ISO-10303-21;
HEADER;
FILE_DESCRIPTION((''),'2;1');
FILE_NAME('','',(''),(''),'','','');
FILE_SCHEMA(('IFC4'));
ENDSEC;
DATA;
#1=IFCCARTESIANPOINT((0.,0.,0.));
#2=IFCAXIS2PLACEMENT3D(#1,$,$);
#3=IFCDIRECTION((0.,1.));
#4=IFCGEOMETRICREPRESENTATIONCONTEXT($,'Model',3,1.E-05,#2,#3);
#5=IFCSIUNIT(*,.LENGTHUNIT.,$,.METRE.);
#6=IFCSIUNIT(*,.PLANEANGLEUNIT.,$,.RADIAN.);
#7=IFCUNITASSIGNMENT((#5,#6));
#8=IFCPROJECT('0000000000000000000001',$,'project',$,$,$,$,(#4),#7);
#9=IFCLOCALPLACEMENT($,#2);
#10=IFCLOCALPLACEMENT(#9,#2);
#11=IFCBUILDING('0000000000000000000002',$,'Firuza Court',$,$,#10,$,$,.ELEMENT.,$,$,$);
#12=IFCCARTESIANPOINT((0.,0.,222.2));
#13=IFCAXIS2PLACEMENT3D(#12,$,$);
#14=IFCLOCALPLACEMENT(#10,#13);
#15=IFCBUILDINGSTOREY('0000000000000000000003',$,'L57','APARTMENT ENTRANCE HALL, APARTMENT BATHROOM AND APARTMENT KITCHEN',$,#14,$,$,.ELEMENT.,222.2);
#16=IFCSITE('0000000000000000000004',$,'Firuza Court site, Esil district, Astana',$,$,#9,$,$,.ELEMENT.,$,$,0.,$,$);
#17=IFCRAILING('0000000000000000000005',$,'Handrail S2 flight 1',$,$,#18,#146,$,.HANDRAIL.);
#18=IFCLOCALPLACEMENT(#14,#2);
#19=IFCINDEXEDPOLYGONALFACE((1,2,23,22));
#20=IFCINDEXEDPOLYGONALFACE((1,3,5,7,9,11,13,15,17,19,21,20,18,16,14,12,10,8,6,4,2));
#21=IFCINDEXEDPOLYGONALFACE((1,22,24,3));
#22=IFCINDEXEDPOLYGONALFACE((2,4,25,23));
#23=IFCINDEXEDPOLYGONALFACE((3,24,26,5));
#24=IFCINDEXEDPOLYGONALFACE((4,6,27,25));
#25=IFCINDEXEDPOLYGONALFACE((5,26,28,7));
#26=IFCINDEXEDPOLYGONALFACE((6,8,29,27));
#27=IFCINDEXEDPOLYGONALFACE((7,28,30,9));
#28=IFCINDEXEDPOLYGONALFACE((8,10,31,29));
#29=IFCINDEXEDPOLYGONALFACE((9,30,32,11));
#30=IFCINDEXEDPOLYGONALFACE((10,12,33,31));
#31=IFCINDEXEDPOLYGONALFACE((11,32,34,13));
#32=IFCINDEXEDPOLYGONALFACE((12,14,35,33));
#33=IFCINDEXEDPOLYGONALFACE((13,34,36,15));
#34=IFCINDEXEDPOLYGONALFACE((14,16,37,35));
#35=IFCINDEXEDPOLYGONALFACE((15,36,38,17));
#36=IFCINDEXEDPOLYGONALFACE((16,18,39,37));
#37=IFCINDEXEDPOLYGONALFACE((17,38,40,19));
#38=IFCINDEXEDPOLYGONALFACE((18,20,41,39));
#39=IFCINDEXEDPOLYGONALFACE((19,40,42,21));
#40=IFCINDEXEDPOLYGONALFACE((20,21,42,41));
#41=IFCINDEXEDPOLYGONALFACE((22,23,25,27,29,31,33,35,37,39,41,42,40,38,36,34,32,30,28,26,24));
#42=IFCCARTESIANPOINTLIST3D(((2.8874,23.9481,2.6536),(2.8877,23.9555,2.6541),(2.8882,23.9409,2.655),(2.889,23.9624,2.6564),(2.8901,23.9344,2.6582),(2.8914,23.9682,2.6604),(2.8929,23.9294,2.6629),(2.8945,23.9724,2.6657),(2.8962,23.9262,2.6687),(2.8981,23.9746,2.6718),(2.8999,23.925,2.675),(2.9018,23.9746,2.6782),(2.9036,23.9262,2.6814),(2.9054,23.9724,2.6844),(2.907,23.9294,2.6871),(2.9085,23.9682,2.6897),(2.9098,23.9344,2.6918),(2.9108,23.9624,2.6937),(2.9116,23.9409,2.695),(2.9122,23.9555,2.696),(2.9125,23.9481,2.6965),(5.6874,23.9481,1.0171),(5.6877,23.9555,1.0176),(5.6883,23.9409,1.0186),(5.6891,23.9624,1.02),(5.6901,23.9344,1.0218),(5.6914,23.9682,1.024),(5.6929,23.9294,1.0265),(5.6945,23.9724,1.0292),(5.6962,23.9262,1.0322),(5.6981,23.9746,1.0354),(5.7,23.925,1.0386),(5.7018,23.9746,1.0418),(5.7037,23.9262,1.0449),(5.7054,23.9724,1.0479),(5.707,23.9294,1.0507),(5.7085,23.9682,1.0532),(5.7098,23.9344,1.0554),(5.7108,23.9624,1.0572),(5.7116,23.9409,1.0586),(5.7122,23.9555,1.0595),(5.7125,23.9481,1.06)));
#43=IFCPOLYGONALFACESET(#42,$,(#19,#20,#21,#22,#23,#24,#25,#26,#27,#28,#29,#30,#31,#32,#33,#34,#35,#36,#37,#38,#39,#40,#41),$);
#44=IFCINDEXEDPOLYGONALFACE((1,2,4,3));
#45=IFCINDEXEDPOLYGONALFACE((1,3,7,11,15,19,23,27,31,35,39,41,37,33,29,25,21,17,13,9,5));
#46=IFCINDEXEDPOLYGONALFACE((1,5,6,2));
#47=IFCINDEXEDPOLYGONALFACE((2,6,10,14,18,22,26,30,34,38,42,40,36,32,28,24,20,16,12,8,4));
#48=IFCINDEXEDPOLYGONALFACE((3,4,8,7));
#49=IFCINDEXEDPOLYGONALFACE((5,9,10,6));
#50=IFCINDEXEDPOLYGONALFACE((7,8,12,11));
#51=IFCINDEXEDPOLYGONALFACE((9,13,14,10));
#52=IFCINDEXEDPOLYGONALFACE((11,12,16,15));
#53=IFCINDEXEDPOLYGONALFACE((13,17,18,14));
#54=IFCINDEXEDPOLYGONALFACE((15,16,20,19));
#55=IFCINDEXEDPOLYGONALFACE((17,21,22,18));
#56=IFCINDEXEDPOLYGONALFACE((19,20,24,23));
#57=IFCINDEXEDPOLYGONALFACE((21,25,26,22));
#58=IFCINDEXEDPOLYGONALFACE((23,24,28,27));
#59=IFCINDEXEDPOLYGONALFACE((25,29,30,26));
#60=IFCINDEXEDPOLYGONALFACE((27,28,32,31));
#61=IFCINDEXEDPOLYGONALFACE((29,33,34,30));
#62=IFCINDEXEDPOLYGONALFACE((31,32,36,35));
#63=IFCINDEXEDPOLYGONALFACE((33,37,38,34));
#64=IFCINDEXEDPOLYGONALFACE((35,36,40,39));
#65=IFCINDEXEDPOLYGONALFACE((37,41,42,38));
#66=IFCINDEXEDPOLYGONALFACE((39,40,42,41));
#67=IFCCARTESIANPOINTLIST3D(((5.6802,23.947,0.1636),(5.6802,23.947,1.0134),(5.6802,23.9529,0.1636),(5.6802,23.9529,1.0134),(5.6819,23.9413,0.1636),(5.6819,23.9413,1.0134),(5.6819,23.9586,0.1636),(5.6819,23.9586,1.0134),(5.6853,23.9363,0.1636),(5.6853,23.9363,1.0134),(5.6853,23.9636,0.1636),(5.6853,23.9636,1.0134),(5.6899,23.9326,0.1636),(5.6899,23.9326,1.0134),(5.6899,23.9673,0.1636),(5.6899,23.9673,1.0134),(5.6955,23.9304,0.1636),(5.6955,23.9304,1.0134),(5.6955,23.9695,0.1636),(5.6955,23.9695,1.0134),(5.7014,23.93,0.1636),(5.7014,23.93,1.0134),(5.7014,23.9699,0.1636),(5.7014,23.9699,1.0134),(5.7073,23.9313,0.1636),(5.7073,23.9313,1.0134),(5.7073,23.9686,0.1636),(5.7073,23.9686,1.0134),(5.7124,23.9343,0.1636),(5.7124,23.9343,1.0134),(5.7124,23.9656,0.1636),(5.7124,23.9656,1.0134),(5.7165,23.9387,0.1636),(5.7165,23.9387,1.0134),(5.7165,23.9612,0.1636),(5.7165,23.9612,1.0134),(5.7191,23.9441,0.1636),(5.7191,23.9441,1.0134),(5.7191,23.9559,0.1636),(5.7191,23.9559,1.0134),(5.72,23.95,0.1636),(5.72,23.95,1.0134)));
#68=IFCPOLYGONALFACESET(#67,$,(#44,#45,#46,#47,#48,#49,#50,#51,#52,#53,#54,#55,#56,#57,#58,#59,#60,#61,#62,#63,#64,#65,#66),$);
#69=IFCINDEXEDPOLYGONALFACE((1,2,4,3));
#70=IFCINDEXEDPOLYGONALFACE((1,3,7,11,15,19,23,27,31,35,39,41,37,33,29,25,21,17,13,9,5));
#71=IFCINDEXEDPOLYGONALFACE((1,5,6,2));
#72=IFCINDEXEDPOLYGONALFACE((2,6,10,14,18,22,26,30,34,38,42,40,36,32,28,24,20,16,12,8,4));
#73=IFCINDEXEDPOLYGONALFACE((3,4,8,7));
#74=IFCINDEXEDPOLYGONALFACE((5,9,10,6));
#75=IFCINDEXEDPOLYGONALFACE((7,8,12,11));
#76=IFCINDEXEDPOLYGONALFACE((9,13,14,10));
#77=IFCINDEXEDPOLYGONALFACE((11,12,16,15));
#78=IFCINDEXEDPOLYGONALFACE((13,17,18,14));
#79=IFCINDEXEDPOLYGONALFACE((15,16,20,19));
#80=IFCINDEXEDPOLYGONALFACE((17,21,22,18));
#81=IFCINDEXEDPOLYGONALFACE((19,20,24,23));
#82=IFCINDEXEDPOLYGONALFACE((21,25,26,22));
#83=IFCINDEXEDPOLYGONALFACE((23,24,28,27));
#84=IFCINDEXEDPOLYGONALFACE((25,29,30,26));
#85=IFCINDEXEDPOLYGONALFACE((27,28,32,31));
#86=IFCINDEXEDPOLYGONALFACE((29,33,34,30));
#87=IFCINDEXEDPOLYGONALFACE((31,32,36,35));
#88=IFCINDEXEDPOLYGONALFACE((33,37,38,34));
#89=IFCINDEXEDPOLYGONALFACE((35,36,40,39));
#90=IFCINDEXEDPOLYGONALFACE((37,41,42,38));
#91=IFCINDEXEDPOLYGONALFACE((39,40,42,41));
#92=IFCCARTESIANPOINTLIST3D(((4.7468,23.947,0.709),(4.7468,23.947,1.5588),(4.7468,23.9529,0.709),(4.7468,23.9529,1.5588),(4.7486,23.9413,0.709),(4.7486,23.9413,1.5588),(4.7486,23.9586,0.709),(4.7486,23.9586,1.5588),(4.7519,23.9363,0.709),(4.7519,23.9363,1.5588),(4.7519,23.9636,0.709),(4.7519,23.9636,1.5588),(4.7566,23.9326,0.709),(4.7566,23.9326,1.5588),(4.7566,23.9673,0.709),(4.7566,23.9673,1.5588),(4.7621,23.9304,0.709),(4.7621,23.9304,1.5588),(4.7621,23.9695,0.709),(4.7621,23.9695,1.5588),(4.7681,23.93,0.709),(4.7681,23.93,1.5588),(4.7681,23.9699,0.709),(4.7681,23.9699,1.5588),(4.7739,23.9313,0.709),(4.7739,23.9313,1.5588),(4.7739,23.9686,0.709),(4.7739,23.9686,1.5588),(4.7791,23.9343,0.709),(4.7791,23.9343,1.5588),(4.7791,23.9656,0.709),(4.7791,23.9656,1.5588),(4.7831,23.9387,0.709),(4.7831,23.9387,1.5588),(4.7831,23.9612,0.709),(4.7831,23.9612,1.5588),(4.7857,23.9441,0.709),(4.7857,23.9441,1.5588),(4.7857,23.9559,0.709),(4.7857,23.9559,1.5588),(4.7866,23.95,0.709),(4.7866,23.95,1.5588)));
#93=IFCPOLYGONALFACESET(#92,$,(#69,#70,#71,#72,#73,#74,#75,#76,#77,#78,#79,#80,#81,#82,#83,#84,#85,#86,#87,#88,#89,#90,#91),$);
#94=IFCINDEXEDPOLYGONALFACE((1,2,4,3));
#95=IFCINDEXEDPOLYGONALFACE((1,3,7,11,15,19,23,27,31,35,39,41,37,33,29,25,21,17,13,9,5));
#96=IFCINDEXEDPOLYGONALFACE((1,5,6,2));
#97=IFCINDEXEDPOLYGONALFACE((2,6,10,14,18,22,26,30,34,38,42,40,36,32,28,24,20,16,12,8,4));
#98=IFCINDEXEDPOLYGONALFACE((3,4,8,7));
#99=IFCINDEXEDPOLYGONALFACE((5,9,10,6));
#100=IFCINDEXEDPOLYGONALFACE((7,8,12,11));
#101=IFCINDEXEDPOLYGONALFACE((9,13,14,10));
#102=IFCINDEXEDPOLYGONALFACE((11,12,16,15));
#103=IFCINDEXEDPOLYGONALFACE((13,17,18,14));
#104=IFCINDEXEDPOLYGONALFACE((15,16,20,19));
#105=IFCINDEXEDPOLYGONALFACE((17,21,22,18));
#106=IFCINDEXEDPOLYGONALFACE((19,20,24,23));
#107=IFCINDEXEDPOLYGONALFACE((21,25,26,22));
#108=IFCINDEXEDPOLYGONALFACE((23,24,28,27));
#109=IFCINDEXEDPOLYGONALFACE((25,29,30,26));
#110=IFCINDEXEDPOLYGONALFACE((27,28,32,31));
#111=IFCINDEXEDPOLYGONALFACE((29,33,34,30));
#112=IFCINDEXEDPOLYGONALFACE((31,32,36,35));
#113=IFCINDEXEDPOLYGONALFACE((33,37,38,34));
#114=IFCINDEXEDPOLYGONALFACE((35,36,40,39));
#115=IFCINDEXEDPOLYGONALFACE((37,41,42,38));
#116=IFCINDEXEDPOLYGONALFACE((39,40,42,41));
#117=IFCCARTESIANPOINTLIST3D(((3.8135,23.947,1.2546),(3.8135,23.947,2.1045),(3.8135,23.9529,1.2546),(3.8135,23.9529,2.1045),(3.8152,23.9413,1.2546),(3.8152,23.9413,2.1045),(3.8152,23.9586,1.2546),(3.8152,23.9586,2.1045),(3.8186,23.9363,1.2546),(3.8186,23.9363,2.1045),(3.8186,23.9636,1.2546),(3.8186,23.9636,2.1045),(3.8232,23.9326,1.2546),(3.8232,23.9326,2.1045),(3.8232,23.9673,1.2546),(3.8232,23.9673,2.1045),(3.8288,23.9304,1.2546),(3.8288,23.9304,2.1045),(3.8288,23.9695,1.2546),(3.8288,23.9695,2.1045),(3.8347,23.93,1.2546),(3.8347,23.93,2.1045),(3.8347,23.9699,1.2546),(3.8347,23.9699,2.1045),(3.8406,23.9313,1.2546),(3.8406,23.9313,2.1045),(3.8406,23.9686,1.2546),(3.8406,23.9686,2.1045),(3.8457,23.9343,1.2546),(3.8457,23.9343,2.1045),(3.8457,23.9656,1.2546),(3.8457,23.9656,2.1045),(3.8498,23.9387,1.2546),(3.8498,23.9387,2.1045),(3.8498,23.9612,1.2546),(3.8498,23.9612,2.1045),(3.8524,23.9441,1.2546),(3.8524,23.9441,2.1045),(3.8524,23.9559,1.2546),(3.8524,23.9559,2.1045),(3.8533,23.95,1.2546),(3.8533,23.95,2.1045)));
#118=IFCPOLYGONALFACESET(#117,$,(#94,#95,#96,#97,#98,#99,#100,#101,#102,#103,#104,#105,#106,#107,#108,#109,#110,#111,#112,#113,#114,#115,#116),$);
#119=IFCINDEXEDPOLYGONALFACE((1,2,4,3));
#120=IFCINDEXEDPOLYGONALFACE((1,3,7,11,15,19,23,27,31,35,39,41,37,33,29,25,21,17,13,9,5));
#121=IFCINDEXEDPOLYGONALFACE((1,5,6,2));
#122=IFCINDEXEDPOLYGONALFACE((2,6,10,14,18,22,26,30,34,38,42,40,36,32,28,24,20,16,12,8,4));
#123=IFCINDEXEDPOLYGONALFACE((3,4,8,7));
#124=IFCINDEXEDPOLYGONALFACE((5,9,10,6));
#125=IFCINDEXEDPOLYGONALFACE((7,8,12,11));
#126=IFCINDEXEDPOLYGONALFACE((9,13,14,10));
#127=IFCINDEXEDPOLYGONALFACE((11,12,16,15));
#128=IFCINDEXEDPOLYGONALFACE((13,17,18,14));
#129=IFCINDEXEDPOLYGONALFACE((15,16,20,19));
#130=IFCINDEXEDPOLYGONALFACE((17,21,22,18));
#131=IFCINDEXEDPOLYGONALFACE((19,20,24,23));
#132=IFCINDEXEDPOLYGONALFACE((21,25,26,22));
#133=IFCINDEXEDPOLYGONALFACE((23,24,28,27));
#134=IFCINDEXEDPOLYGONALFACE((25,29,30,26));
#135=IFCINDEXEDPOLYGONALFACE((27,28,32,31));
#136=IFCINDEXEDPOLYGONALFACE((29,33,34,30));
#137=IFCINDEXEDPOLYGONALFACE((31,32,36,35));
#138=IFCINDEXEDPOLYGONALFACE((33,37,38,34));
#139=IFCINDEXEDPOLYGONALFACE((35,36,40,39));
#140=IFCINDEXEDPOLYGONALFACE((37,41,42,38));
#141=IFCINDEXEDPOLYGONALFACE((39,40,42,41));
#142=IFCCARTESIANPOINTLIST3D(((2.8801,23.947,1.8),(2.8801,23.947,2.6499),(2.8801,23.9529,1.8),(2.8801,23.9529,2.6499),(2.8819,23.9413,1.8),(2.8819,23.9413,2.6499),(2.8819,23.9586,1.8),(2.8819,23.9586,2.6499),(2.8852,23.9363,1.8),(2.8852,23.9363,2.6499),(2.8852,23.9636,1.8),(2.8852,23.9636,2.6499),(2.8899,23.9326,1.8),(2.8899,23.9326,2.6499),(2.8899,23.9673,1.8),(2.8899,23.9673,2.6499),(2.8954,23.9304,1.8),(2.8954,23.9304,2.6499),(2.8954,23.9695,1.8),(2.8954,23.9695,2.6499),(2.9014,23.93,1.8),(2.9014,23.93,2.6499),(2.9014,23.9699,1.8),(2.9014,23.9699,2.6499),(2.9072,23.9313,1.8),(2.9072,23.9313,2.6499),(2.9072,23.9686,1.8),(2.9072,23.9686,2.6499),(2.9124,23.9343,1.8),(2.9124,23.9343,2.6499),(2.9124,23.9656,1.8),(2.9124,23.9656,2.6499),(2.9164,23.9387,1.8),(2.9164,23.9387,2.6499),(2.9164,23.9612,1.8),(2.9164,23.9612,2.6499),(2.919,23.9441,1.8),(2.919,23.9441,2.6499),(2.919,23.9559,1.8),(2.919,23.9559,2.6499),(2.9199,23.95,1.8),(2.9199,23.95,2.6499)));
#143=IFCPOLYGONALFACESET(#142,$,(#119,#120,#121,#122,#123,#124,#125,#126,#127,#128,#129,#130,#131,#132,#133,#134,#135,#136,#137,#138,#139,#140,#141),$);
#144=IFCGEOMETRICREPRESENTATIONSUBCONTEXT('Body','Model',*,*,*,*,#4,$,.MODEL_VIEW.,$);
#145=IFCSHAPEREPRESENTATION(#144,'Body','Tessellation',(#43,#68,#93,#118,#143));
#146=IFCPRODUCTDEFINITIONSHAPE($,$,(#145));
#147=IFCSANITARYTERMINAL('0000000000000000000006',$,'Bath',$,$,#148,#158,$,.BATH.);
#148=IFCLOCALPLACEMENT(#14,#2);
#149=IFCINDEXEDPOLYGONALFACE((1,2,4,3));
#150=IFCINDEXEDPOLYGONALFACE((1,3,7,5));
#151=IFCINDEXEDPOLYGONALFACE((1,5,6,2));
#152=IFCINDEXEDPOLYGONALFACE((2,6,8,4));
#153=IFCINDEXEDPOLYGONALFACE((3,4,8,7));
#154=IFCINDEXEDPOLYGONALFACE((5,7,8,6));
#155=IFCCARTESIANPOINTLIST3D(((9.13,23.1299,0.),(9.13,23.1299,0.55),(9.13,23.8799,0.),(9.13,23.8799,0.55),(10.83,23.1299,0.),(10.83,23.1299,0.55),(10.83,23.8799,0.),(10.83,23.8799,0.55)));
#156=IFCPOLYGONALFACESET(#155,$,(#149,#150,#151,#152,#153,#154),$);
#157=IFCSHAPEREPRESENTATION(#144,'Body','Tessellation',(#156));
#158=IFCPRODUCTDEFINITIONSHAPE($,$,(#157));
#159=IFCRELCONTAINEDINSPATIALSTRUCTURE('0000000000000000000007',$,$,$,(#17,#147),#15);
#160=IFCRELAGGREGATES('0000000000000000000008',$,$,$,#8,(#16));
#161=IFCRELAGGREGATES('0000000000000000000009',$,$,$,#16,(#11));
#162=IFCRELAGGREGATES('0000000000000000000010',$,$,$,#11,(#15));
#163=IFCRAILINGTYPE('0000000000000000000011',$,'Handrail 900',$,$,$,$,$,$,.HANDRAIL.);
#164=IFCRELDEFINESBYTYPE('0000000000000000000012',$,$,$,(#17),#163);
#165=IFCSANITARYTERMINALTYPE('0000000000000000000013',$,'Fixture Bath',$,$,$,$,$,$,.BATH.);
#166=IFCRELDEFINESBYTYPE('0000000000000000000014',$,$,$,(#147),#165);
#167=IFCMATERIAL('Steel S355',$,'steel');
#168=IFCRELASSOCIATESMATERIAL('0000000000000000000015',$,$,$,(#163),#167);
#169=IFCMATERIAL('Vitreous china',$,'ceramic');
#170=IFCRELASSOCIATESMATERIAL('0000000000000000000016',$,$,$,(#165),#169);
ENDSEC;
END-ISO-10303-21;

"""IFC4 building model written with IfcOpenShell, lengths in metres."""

from ifc_helpers import new_model, si_unit, direction, frame, origin, origin_2d, place, context, subcontext, project, spatial, rectangle, circle, extrude, material, type_object, element, save


model = new_model("IFC4")

# Units and contexts
model_context = context("Model", 3, precision=1e-05, world=origin(), true_north=direction((0.0, 1.0)))
body_context = subcontext(model_context, "Body", "Model", "MODEL_VIEW")
ifc_project = project(units=[si_unit("LENGTHUNIT", "METRE"), si_unit("PLANEANGLEUNIT", "RADIAN")], contexts=[model_context])

# Site, building, storey
site_placement = place(None, origin())
site = spatial("IfcSite", under=ifc_project, at=site_placement, Name="Firuza Court site, Esil district, Astana", CompositionType="ELEMENT", RefElevation=0.0)
building_placement = place(site_placement, origin())
building = spatial("IfcBuilding", under=site, at=building_placement, Name="Firuza Court", CompositionType="ELEMENT")
storey_placement = place(building_placement, frame((0.0, 0.0, 222.2)))
storey = spatial("IfcBuildingStorey", under=building, at=storey_placement, Name="L57", Description="APARTMENT ENTRANCE HALL, APARTMENT BATHROOM AND APARTMENT KITCHEN", CompositionType="ELEMENT", Elevation=222.2)

# Railing
ifc_material_1 = material(Name="Steel S355", Category="steel")
railing_type_1 = type_object("IfcRailingType", Name="Handrail 900", PredefinedType="HANDRAIL", material=ifc_material_1)
railing_1_placement = place(storey_placement, frame((5.7, 23.95, 0.1636)))
element("IfcRailing", 1, at=railing_1_placement, inside=storey, type_object=railing_type_1, Name="Handrail S2 flight 1", PredefinedType="HANDRAIL", context=body_context, shape_type="SweptSolid", body=[
    extrude(circle(Radius=0.0249, at=origin_2d()), frame((0.0, 0.0, 0.875), z_axis=(-0.863361, 0.0, 0.504587), x_axis=(0.0, -1.0, 0.0)), (0.0, 0.0, 1.0), 3.2432),
    extrude(circle(Radius=0.02, at=origin_2d()), origin(), (0.0, 0.0, 1.0), 0.8499),
    extrude(circle(Radius=0.02, at=origin_2d()), frame((-0.9333, 0.0, 0.5454)), (0.0, 0.0, 1.0), 0.8499),
    extrude(circle(Radius=0.02, at=origin_2d()), frame((-1.8667, 0.0, 1.0911)), (0.0, 0.0, 1.0), 0.8499),
    extrude(circle(Radius=0.02, at=origin_2d()), frame((-2.8, 0.0, 1.6365)), (0.0, 0.0, 1.0), 0.8499),
])

# Sanitary terminal
ifc_material_2 = material(Name="Vitreous china", Category="ceramic")
sanitary_terminal_type = type_object("IfcSanitaryTerminalType", Name="Fixture Bath", PredefinedType="BATH", material=ifc_material_2)
sanitary_terminal_placement = place(storey_placement, frame((9.98, 23.5049, 0.0), z_axis=(0.0, 0.0, 1.0), x_axis=(1.0, 0.0, 0.0)))
element("IfcSanitaryTerminal", 2, at=sanitary_terminal_placement, inside=storey, type_object=sanitary_terminal_type, Name="Bath", PredefinedType="BATH", context=body_context, shape_type="SweptSolid", body=[
    extrude(rectangle(XDim=1.7, YDim=0.75, at=origin_2d()), origin(), (0.0, 0.0, 1.0), 0.55),
])

save(model, "model.ifc")
